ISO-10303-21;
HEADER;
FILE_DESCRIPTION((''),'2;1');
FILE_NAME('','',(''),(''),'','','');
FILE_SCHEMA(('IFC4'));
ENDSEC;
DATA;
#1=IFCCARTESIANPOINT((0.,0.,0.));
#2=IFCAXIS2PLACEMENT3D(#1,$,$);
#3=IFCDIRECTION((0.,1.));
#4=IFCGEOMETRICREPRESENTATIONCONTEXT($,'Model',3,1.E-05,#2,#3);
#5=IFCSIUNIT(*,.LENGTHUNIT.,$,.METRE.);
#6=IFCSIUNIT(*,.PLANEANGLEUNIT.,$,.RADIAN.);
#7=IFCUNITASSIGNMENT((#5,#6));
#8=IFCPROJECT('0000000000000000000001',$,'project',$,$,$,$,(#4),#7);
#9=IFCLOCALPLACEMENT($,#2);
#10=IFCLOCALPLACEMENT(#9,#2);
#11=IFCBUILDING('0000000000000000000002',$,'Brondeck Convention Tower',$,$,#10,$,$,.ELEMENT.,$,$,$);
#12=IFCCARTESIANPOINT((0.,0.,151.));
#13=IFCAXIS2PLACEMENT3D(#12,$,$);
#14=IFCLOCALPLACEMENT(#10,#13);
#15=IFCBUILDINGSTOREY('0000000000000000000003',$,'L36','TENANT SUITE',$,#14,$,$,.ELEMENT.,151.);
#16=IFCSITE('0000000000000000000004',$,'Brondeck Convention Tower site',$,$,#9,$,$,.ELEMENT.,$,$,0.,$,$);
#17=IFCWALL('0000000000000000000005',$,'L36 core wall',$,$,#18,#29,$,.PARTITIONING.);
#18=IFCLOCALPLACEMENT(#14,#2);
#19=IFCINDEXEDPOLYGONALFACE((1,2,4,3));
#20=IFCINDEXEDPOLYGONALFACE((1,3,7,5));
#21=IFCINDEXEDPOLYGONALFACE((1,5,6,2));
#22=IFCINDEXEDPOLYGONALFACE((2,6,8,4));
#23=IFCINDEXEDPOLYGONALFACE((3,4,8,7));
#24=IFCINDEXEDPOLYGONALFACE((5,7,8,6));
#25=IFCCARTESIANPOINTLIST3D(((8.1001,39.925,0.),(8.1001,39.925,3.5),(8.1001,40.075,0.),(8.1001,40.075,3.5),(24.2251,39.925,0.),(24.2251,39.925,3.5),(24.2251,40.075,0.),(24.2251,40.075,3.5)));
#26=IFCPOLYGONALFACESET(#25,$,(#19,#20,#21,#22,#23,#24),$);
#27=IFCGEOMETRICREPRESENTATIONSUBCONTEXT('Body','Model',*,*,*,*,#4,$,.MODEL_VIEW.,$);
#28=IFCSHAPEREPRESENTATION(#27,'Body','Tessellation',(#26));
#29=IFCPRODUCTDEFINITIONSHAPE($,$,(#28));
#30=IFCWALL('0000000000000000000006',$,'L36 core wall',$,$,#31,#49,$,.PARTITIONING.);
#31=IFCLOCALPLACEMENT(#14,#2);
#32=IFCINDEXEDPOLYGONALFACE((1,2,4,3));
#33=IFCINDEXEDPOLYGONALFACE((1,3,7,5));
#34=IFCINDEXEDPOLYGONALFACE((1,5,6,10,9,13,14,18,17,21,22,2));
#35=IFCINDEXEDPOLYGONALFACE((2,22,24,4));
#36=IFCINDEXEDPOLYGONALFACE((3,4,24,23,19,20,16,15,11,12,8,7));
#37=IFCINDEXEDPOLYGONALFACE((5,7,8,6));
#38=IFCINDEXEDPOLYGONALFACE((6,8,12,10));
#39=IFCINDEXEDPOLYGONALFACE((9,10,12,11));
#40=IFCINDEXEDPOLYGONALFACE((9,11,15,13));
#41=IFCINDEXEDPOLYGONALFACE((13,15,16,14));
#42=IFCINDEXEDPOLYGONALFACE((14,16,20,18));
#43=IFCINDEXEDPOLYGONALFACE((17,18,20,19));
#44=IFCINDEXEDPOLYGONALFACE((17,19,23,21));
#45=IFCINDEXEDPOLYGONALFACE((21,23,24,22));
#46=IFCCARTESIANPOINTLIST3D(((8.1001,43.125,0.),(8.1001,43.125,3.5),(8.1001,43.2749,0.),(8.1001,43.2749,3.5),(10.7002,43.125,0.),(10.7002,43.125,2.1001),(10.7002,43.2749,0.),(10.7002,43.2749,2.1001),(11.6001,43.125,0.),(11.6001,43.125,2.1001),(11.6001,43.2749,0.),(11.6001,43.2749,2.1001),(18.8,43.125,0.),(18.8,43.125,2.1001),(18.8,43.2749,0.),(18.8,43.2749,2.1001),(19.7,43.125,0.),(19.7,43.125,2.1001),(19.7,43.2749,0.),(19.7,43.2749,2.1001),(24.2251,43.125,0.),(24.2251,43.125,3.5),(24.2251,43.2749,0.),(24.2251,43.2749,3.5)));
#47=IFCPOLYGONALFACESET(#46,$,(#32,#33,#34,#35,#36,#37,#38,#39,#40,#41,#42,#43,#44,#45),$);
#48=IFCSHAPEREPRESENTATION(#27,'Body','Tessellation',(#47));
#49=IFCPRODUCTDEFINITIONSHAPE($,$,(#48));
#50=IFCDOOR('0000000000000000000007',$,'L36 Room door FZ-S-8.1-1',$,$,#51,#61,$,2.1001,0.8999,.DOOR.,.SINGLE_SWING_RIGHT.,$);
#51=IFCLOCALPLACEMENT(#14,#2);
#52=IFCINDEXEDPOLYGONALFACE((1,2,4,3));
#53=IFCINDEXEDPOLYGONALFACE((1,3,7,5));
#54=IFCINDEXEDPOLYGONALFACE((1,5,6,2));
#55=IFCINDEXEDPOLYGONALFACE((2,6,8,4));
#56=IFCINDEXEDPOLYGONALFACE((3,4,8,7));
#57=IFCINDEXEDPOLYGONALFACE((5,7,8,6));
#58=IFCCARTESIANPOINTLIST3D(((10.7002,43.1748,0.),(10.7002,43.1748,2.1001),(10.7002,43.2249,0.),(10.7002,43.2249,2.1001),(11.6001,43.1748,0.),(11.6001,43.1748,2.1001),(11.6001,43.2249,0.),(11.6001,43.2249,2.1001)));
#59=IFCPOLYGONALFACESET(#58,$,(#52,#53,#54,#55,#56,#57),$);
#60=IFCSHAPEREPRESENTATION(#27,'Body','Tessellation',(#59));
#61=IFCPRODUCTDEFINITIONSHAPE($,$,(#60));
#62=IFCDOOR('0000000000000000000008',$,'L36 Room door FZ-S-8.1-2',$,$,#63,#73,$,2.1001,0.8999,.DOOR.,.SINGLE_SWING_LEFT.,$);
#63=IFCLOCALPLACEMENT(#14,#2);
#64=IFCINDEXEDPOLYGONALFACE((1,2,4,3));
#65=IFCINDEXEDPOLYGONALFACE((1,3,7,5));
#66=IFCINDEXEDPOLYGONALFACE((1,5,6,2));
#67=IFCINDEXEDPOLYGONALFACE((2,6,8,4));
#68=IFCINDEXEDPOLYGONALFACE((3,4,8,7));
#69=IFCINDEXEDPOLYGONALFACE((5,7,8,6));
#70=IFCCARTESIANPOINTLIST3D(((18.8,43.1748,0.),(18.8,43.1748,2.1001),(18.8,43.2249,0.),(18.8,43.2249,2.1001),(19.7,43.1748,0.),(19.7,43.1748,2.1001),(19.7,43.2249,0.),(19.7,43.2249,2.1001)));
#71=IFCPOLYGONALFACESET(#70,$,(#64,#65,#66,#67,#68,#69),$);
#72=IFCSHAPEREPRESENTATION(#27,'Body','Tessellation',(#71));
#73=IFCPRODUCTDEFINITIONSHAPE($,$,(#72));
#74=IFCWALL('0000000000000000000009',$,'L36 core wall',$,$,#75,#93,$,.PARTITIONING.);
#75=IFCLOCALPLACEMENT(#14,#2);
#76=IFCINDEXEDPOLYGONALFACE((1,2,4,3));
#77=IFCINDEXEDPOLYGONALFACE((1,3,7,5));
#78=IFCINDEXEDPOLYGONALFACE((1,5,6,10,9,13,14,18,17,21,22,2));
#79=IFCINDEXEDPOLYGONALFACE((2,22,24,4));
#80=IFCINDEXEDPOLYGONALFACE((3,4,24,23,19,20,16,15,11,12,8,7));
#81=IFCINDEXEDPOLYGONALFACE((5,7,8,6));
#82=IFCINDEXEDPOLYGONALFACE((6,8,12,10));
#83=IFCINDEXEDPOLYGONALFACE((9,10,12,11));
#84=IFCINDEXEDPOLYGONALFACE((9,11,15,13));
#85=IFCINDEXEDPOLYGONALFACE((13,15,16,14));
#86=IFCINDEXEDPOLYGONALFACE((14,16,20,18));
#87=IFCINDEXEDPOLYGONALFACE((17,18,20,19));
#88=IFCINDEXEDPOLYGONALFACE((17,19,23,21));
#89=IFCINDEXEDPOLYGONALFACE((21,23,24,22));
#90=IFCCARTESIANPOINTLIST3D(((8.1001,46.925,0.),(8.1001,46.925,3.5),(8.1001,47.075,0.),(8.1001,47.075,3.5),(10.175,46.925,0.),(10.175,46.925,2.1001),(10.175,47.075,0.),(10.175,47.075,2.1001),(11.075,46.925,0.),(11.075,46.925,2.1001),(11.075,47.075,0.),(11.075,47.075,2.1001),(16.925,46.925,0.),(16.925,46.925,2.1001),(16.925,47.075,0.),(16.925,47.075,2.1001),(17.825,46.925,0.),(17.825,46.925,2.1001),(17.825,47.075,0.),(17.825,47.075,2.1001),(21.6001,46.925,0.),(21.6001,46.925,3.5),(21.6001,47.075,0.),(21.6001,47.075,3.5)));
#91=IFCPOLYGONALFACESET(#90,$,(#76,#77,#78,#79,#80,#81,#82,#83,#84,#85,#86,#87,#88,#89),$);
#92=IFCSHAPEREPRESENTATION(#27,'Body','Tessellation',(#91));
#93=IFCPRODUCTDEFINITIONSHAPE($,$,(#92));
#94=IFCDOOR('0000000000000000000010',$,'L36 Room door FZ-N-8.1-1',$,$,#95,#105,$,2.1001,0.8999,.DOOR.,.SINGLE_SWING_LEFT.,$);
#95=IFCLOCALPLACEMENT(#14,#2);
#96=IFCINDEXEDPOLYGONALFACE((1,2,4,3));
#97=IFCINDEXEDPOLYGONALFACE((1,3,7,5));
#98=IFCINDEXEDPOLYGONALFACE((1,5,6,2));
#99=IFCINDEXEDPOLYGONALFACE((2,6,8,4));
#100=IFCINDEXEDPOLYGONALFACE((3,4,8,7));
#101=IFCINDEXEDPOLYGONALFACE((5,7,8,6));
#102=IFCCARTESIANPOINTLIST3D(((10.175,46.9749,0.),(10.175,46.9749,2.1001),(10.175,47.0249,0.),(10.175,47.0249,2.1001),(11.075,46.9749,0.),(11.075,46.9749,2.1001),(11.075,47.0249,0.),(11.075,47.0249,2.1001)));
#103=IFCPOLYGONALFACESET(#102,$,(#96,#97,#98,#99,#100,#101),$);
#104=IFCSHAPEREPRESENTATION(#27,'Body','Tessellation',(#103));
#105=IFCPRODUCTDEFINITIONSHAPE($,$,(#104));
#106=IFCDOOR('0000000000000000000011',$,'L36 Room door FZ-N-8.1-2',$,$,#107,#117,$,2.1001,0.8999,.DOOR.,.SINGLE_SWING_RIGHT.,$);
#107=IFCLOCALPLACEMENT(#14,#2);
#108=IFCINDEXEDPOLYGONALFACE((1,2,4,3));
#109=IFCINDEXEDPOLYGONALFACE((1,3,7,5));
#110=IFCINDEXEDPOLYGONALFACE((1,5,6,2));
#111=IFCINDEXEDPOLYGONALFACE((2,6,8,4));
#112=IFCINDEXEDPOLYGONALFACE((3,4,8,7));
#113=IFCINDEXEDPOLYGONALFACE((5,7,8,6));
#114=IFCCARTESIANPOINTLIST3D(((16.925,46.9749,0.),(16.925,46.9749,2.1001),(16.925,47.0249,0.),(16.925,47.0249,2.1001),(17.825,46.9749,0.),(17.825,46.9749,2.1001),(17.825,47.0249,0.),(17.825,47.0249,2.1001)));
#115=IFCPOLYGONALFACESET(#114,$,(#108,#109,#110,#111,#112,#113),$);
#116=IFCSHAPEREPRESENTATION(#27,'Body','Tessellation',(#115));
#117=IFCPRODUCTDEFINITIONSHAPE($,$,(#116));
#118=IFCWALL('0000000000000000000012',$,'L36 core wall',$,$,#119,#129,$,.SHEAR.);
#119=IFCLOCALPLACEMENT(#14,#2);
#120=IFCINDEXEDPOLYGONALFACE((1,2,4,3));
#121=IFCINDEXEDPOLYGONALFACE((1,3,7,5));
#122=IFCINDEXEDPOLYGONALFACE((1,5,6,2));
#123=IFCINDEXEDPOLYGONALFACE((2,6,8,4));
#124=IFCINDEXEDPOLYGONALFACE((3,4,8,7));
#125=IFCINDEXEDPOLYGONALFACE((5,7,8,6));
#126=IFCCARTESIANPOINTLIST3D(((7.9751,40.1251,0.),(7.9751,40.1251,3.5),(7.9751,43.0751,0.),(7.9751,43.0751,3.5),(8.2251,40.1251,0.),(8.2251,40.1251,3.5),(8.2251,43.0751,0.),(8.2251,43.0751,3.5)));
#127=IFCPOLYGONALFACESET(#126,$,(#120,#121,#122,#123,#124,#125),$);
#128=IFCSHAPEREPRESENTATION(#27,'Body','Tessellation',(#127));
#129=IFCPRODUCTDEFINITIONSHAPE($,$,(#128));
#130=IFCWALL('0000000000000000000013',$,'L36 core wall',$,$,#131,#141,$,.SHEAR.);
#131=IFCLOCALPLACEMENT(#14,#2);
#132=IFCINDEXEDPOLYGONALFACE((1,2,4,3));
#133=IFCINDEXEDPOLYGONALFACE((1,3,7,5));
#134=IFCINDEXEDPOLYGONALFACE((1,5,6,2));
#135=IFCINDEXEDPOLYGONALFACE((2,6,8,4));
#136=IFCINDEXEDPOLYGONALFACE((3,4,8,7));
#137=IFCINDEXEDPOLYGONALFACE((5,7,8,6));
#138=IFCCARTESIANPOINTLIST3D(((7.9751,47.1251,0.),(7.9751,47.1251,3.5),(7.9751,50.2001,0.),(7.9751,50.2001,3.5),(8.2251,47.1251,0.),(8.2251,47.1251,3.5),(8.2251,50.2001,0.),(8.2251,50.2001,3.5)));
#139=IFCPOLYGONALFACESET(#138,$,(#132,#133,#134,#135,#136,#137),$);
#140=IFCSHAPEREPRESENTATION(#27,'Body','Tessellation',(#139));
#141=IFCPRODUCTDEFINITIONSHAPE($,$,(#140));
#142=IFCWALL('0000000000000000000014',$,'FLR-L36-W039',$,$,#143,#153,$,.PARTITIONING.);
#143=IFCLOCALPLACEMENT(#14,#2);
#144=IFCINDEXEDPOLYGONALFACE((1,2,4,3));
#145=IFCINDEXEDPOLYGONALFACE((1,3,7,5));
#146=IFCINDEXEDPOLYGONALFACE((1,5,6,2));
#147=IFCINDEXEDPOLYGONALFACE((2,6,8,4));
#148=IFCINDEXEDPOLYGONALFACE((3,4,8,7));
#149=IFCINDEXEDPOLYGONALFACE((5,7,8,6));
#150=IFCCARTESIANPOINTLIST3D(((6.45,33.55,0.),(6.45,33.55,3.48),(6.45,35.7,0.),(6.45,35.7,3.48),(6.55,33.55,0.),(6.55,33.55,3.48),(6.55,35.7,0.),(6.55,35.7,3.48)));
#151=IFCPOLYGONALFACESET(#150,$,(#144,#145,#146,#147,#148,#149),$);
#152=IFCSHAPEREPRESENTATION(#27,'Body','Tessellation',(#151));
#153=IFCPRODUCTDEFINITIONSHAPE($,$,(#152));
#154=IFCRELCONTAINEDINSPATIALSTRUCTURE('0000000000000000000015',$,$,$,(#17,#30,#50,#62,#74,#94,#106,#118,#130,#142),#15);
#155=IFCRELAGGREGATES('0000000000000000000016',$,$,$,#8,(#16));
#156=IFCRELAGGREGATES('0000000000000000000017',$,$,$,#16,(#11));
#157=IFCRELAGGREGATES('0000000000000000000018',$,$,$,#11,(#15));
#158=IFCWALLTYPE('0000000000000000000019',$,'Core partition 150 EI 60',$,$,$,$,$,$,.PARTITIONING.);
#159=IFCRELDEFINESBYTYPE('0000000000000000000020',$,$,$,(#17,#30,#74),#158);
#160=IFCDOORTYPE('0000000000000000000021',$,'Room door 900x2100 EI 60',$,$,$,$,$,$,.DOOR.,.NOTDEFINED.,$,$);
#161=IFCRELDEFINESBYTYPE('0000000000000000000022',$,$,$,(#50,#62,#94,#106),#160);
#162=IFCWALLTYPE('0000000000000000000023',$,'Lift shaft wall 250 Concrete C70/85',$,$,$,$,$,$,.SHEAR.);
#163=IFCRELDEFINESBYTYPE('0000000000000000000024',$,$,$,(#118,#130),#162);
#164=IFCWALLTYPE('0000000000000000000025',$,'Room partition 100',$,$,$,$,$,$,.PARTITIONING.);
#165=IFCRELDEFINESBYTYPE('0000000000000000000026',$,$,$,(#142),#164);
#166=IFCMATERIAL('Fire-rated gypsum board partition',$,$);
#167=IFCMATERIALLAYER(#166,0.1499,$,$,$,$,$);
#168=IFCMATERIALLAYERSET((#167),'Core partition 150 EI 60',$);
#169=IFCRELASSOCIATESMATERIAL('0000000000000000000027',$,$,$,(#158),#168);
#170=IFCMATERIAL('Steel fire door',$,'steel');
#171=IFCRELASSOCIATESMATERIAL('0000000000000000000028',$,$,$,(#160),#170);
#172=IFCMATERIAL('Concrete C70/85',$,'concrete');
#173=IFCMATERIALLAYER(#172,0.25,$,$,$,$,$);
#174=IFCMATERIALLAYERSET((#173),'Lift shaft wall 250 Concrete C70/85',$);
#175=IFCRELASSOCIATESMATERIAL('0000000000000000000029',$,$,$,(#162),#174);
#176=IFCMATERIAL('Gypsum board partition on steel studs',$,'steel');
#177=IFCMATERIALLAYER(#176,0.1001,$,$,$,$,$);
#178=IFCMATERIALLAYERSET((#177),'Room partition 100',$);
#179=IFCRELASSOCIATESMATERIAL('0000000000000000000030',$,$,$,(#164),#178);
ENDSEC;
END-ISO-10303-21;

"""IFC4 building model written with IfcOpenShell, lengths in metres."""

from ifc_helpers import new_model, si_unit, direction, frame, frame_2d, origin, place, context, subcontext, project, spatial, rectangle, extrude, material, layer, layer_set, type_object, element, fill, save


model = new_model("IFC4")

# Units and contexts
model_context = context("Model", 3, precision=1e-05, world=origin(), true_north=direction((0.0, 1.0)))
body_context = subcontext(model_context, "Body", "Model", "MODEL_VIEW")
ifc_project = project(units=[si_unit("LENGTHUNIT", "METRE"), si_unit("PLANEANGLEUNIT", "RADIAN")], contexts=[model_context])

# Site, building, storey
site_placement = place(None, origin())
site = spatial("IfcSite", under=ifc_project, at=site_placement, Name="Brondeck Convention Tower site", CompositionType="ELEMENT", RefElevation=0.0)
building_placement = place(site_placement, origin())
building = spatial("IfcBuilding", under=site, at=building_placement, Name="Brondeck Convention Tower", CompositionType="ELEMENT")
storey_placement = place(building_placement, frame((0.0, 0.0, 151.0)))
storey = spatial("IfcBuildingStorey", under=building, at=storey_placement, Name="L36", Description="TENANT SUITE", CompositionType="ELEMENT", Elevation=151.0)

# Wall
ifc_material_1 = material(Name="Fire-rated gypsum board partition")
ifc_layer_1 = layer(ifc_material_1, 0.1499)
ifc_layer_set_1 = layer_set([ifc_layer_1], Name="Core partition 150 EI 60")
wall_type_1 = type_object("IfcWallType", Name="Core partition 150 EI 60", PredefinedType="PARTITIONING", material=ifc_layer_set_1)
wall_1_placement = place(storey_placement, frame((8.1001, 40.0, 0.0), z_axis=(0.0, 0.0, 1.0), x_axis=(1.0, 0.0, 0.0)))
element("IfcWall", 1, at=wall_1_placement, inside=storey, type_object=wall_type_1, Name="L36 core wall", PredefinedType="PARTITIONING", context=body_context, shape_type="SweptSolid", body=[
    extrude(rectangle(XDim=16.125, YDim=0.1499, at=frame_2d((8.0625, 0.0))), origin(), (0.0, 0.0, 1.0), 3.5),
])

# Walls, openings, doors
wall_2_placement = place(storey_placement, frame((8.1001, 43.2, 0.0), z_axis=(0.0, 0.0, 1.0), x_axis=(1.0, 0.0, 0.0)))
wall_2 = element("IfcWall", 2, at=wall_2_placement, inside=storey, type_object=wall_type_1, Name="L36 core wall", PredefinedType="PARTITIONING", context=body_context, shape_type="SweptSolid", body=[
    extrude(rectangle(XDim=16.125, YDim=0.1499, at=frame_2d((8.0625, 0.0))), origin(), (0.0, 0.0, 1.0), 3.5),
])
opening_1_placement = place(wall_2_placement, frame((2.6001, 0.0, 0.0)))
opening_1 = element("IfcOpeningElement", 3, at=opening_1_placement, cuts=wall_2, PredefinedType="OPENING", context=body_context, shape_type="SweptSolid", body=[
    extrude(rectangle(XDim=0.8999, YDim=2.1001, at=frame_2d((0.45, 1.05))), frame((0.0, 0.085, 0.0), z_axis=(0.0, -1.0, 0.0), x_axis=(1.0, 0.0, 0.0)), (0.0, 0.0, 1.0), 0.1699),
])
opening_2_placement = place(wall_2_placement, frame((10.7, 0.0, 0.0)))
opening_2 = element("IfcOpeningElement", 4, at=opening_2_placement, cuts=wall_2, PredefinedType="OPENING", context=body_context, shape_type="SweptSolid", body=[
    extrude(rectangle(XDim=0.8999, YDim=2.1001, at=frame_2d((0.45, 1.05))), frame((0.0, 0.085, 0.0), z_axis=(0.0, -1.0, 0.0), x_axis=(1.0, 0.0, 0.0)), (0.0, 0.0, 1.0), 0.1699),
])
ifc_material_2 = material(Name="Steel fire door", Category="steel")
door_type = type_object("IfcDoorType", Name="Room door 900x2100 EI 60", OperationType="NOTDEFINED", PredefinedType="DOOR", material=ifc_material_2)
door_1_placement = place(opening_1_placement, origin())
door_1 = element("IfcDoor", 5, at=door_1_placement, inside=storey, type_object=door_type, Name="L36 Room door FZ-S-8.1-1", OperationType="SINGLE_SWING_RIGHT", OverallHeight=2.1001, OverallWidth=0.8999, PredefinedType="DOOR", context=body_context, shape_type="SweptSolid", body=[
    extrude(rectangle(XDim=0.8999, YDim=2.1001, at=frame_2d((0.45, 1.05))), frame((0.0, 0.0249, 0.0), z_axis=(0.0, -1.0, 0.0), x_axis=(1.0, 0.0, 0.0)), (0.0, 0.0, 1.0), 0.05),
])
fill(opening_1, door_1)
door_2_placement = place(opening_2_placement, origin())
door_2 = element("IfcDoor", 6, at=door_2_placement, inside=storey, type_object=door_type, Name="L36 Room door FZ-S-8.1-2", OperationType="SINGLE_SWING_LEFT", OverallHeight=2.1001, OverallWidth=0.8999, PredefinedType="DOOR", context=body_context, shape_type="SweptSolid", body=[
    extrude(rectangle(XDim=0.8999, YDim=2.1001, at=frame_2d((0.45, 1.05))), frame((0.0, 0.0249, 0.0), z_axis=(0.0, -1.0, 0.0), x_axis=(1.0, 0.0, 0.0)), (0.0, 0.0, 1.0), 0.05),
])
fill(opening_2, door_2)
wall_3_placement = place(storey_placement, frame((8.1001, 47.0, 0.0), z_axis=(0.0, 0.0, 1.0), x_axis=(1.0, 0.0, 0.0)))
wall_3 = element("IfcWall", 7, at=wall_3_placement, inside=storey, type_object=wall_type_1, Name="L36 core wall", PredefinedType="PARTITIONING", context=body_context, shape_type="SweptSolid", body=[
    extrude(rectangle(XDim=13.5, YDim=0.1499, at=frame_2d((6.75, 0.0))), origin(), (0.0, 0.0, 1.0), 3.5),
])
opening_3_placement = place(wall_3_placement, frame((2.075, 0.0, 0.0)))
opening_3 = element("IfcOpeningElement", 8, at=opening_3_placement, cuts=wall_3, PredefinedType="OPENING", context=body_context, shape_type="SweptSolid", body=[
    extrude(rectangle(XDim=0.8999, YDim=2.1001, at=frame_2d((0.45, 1.05))), frame((0.0, 0.085, 0.0), z_axis=(0.0, -1.0, 0.0), x_axis=(1.0, 0.0, 0.0)), (0.0, 0.0, 1.0), 0.1699),
])
opening_4_placement = place(wall_3_placement, frame((8.825, 0.0, 0.0)))
opening_4 = element("IfcOpeningElement", 9, at=opening_4_placement, cuts=wall_3, PredefinedType="OPENING", context=body_context, shape_type="SweptSolid", body=[
    extrude(rectangle(XDim=0.8999, YDim=2.1001, at=frame_2d((0.45, 1.05))), frame((0.0, 0.085, 0.0), z_axis=(0.0, -1.0, 0.0), x_axis=(1.0, 0.0, 0.0)), (0.0, 0.0, 1.0), 0.1699),
])
door_3_placement = place(opening_3_placement, origin())
door_3 = element("IfcDoor", 10, at=door_3_placement, inside=storey, type_object=door_type, Name="L36 Room door FZ-N-8.1-1", OperationType="SINGLE_SWING_LEFT", OverallHeight=2.1001, OverallWidth=0.8999, PredefinedType="DOOR", context=body_context, shape_type="SweptSolid", body=[
    extrude(rectangle(XDim=0.8999, YDim=2.1001, at=frame_2d((0.45, 1.05))), frame((0.0, 0.0249, 0.0), z_axis=(0.0, -1.0, 0.0), x_axis=(1.0, 0.0, 0.0)), (0.0, 0.0, 1.0), 0.05),
])
fill(opening_3, door_3)
door_4_placement = place(opening_4_placement, origin())
door_4 = element("IfcDoor", 11, at=door_4_placement, inside=storey, type_object=door_type, Name="L36 Room door FZ-N-8.1-2", OperationType="SINGLE_SWING_RIGHT", OverallHeight=2.1001, OverallWidth=0.8999, PredefinedType="DOOR", context=body_context, shape_type="SweptSolid", body=[
    extrude(rectangle(XDim=0.8999, YDim=2.1001, at=frame_2d((0.45, 1.05))), frame((0.0, 0.0249, 0.0), z_axis=(0.0, -1.0, 0.0), x_axis=(1.0, 0.0, 0.0)), (0.0, 0.0, 1.0), 0.05),
])
fill(opening_4, door_4)

# Walls
ifc_material_3 = material(Name="Concrete C70/85", Category="concrete")
ifc_layer_2 = layer(ifc_material_3, 0.25)
ifc_layer_set_2 = layer_set([ifc_layer_2], Name="Lift shaft wall 250 Concrete C70/85")
wall_type_2 = type_object("IfcWallType", Name="Lift shaft wall 250 Concrete C70/85", PredefinedType="SHEAR", material=ifc_layer_set_2)
wall_4_placement = place(storey_placement, frame((8.1001, 40.125, 0.0), z_axis=(0.0, 0.0, 1.0), x_axis=(0.0, 1.0, 0.0)))
element("IfcWall", 12, at=wall_4_placement, inside=storey, type_object=wall_type_2, Name="L36 core wall", PredefinedType="SHEAR", context=body_context, shape_type="SweptSolid", body=[
    extrude(rectangle(XDim=2.95, YDim=0.25, at=frame_2d((1.4751, 0.0))), origin(), (0.0, 0.0, 1.0), 3.5),
])
wall_5_placement = place(storey_placement, frame((8.1001, 47.125, 0.0), z_axis=(0.0, 0.0, 1.0), x_axis=(0.0, 1.0, 0.0)))
element("IfcWall", 13, at=wall_5_placement, inside=storey, type_object=wall_type_2, Name="L36 core wall", PredefinedType="SHEAR", context=body_context, shape_type="SweptSolid", body=[
    extrude(rectangle(XDim=3.075, YDim=0.25, at=frame_2d((1.5376, 0.0))), origin(), (0.0, 0.0, 1.0), 3.5),
])
ifc_material_4 = material(Name="Gypsum board partition on steel studs", Category="steel")
ifc_layer_3 = layer(ifc_material_4, 0.1001)
ifc_layer_set_3 = layer_set([ifc_layer_3], Name="Room partition 100")
wall_type_3 = type_object("IfcWallType", Name="Room partition 100", PredefinedType="PARTITIONING", material=ifc_layer_set_3)
wall_6_placement = place(storey_placement, frame((6.5, 33.55, 0.0), z_axis=(0.0, 0.0, 1.0), x_axis=(0.0, 1.0, 0.0)))
element("IfcWall", 14, at=wall_6_placement, inside=storey, type_object=wall_type_3, Name="FLR-L36-W039", PredefinedType="PARTITIONING", context=body_context, shape_type="SweptSolid", body=[
    extrude(rectangle(XDim=2.1499, YDim=0.1001, at=frame_2d((1.075, 0.0))), origin(), (0.0, 0.0, 1.0), 3.48),
])

save(model, "model.ifc")
